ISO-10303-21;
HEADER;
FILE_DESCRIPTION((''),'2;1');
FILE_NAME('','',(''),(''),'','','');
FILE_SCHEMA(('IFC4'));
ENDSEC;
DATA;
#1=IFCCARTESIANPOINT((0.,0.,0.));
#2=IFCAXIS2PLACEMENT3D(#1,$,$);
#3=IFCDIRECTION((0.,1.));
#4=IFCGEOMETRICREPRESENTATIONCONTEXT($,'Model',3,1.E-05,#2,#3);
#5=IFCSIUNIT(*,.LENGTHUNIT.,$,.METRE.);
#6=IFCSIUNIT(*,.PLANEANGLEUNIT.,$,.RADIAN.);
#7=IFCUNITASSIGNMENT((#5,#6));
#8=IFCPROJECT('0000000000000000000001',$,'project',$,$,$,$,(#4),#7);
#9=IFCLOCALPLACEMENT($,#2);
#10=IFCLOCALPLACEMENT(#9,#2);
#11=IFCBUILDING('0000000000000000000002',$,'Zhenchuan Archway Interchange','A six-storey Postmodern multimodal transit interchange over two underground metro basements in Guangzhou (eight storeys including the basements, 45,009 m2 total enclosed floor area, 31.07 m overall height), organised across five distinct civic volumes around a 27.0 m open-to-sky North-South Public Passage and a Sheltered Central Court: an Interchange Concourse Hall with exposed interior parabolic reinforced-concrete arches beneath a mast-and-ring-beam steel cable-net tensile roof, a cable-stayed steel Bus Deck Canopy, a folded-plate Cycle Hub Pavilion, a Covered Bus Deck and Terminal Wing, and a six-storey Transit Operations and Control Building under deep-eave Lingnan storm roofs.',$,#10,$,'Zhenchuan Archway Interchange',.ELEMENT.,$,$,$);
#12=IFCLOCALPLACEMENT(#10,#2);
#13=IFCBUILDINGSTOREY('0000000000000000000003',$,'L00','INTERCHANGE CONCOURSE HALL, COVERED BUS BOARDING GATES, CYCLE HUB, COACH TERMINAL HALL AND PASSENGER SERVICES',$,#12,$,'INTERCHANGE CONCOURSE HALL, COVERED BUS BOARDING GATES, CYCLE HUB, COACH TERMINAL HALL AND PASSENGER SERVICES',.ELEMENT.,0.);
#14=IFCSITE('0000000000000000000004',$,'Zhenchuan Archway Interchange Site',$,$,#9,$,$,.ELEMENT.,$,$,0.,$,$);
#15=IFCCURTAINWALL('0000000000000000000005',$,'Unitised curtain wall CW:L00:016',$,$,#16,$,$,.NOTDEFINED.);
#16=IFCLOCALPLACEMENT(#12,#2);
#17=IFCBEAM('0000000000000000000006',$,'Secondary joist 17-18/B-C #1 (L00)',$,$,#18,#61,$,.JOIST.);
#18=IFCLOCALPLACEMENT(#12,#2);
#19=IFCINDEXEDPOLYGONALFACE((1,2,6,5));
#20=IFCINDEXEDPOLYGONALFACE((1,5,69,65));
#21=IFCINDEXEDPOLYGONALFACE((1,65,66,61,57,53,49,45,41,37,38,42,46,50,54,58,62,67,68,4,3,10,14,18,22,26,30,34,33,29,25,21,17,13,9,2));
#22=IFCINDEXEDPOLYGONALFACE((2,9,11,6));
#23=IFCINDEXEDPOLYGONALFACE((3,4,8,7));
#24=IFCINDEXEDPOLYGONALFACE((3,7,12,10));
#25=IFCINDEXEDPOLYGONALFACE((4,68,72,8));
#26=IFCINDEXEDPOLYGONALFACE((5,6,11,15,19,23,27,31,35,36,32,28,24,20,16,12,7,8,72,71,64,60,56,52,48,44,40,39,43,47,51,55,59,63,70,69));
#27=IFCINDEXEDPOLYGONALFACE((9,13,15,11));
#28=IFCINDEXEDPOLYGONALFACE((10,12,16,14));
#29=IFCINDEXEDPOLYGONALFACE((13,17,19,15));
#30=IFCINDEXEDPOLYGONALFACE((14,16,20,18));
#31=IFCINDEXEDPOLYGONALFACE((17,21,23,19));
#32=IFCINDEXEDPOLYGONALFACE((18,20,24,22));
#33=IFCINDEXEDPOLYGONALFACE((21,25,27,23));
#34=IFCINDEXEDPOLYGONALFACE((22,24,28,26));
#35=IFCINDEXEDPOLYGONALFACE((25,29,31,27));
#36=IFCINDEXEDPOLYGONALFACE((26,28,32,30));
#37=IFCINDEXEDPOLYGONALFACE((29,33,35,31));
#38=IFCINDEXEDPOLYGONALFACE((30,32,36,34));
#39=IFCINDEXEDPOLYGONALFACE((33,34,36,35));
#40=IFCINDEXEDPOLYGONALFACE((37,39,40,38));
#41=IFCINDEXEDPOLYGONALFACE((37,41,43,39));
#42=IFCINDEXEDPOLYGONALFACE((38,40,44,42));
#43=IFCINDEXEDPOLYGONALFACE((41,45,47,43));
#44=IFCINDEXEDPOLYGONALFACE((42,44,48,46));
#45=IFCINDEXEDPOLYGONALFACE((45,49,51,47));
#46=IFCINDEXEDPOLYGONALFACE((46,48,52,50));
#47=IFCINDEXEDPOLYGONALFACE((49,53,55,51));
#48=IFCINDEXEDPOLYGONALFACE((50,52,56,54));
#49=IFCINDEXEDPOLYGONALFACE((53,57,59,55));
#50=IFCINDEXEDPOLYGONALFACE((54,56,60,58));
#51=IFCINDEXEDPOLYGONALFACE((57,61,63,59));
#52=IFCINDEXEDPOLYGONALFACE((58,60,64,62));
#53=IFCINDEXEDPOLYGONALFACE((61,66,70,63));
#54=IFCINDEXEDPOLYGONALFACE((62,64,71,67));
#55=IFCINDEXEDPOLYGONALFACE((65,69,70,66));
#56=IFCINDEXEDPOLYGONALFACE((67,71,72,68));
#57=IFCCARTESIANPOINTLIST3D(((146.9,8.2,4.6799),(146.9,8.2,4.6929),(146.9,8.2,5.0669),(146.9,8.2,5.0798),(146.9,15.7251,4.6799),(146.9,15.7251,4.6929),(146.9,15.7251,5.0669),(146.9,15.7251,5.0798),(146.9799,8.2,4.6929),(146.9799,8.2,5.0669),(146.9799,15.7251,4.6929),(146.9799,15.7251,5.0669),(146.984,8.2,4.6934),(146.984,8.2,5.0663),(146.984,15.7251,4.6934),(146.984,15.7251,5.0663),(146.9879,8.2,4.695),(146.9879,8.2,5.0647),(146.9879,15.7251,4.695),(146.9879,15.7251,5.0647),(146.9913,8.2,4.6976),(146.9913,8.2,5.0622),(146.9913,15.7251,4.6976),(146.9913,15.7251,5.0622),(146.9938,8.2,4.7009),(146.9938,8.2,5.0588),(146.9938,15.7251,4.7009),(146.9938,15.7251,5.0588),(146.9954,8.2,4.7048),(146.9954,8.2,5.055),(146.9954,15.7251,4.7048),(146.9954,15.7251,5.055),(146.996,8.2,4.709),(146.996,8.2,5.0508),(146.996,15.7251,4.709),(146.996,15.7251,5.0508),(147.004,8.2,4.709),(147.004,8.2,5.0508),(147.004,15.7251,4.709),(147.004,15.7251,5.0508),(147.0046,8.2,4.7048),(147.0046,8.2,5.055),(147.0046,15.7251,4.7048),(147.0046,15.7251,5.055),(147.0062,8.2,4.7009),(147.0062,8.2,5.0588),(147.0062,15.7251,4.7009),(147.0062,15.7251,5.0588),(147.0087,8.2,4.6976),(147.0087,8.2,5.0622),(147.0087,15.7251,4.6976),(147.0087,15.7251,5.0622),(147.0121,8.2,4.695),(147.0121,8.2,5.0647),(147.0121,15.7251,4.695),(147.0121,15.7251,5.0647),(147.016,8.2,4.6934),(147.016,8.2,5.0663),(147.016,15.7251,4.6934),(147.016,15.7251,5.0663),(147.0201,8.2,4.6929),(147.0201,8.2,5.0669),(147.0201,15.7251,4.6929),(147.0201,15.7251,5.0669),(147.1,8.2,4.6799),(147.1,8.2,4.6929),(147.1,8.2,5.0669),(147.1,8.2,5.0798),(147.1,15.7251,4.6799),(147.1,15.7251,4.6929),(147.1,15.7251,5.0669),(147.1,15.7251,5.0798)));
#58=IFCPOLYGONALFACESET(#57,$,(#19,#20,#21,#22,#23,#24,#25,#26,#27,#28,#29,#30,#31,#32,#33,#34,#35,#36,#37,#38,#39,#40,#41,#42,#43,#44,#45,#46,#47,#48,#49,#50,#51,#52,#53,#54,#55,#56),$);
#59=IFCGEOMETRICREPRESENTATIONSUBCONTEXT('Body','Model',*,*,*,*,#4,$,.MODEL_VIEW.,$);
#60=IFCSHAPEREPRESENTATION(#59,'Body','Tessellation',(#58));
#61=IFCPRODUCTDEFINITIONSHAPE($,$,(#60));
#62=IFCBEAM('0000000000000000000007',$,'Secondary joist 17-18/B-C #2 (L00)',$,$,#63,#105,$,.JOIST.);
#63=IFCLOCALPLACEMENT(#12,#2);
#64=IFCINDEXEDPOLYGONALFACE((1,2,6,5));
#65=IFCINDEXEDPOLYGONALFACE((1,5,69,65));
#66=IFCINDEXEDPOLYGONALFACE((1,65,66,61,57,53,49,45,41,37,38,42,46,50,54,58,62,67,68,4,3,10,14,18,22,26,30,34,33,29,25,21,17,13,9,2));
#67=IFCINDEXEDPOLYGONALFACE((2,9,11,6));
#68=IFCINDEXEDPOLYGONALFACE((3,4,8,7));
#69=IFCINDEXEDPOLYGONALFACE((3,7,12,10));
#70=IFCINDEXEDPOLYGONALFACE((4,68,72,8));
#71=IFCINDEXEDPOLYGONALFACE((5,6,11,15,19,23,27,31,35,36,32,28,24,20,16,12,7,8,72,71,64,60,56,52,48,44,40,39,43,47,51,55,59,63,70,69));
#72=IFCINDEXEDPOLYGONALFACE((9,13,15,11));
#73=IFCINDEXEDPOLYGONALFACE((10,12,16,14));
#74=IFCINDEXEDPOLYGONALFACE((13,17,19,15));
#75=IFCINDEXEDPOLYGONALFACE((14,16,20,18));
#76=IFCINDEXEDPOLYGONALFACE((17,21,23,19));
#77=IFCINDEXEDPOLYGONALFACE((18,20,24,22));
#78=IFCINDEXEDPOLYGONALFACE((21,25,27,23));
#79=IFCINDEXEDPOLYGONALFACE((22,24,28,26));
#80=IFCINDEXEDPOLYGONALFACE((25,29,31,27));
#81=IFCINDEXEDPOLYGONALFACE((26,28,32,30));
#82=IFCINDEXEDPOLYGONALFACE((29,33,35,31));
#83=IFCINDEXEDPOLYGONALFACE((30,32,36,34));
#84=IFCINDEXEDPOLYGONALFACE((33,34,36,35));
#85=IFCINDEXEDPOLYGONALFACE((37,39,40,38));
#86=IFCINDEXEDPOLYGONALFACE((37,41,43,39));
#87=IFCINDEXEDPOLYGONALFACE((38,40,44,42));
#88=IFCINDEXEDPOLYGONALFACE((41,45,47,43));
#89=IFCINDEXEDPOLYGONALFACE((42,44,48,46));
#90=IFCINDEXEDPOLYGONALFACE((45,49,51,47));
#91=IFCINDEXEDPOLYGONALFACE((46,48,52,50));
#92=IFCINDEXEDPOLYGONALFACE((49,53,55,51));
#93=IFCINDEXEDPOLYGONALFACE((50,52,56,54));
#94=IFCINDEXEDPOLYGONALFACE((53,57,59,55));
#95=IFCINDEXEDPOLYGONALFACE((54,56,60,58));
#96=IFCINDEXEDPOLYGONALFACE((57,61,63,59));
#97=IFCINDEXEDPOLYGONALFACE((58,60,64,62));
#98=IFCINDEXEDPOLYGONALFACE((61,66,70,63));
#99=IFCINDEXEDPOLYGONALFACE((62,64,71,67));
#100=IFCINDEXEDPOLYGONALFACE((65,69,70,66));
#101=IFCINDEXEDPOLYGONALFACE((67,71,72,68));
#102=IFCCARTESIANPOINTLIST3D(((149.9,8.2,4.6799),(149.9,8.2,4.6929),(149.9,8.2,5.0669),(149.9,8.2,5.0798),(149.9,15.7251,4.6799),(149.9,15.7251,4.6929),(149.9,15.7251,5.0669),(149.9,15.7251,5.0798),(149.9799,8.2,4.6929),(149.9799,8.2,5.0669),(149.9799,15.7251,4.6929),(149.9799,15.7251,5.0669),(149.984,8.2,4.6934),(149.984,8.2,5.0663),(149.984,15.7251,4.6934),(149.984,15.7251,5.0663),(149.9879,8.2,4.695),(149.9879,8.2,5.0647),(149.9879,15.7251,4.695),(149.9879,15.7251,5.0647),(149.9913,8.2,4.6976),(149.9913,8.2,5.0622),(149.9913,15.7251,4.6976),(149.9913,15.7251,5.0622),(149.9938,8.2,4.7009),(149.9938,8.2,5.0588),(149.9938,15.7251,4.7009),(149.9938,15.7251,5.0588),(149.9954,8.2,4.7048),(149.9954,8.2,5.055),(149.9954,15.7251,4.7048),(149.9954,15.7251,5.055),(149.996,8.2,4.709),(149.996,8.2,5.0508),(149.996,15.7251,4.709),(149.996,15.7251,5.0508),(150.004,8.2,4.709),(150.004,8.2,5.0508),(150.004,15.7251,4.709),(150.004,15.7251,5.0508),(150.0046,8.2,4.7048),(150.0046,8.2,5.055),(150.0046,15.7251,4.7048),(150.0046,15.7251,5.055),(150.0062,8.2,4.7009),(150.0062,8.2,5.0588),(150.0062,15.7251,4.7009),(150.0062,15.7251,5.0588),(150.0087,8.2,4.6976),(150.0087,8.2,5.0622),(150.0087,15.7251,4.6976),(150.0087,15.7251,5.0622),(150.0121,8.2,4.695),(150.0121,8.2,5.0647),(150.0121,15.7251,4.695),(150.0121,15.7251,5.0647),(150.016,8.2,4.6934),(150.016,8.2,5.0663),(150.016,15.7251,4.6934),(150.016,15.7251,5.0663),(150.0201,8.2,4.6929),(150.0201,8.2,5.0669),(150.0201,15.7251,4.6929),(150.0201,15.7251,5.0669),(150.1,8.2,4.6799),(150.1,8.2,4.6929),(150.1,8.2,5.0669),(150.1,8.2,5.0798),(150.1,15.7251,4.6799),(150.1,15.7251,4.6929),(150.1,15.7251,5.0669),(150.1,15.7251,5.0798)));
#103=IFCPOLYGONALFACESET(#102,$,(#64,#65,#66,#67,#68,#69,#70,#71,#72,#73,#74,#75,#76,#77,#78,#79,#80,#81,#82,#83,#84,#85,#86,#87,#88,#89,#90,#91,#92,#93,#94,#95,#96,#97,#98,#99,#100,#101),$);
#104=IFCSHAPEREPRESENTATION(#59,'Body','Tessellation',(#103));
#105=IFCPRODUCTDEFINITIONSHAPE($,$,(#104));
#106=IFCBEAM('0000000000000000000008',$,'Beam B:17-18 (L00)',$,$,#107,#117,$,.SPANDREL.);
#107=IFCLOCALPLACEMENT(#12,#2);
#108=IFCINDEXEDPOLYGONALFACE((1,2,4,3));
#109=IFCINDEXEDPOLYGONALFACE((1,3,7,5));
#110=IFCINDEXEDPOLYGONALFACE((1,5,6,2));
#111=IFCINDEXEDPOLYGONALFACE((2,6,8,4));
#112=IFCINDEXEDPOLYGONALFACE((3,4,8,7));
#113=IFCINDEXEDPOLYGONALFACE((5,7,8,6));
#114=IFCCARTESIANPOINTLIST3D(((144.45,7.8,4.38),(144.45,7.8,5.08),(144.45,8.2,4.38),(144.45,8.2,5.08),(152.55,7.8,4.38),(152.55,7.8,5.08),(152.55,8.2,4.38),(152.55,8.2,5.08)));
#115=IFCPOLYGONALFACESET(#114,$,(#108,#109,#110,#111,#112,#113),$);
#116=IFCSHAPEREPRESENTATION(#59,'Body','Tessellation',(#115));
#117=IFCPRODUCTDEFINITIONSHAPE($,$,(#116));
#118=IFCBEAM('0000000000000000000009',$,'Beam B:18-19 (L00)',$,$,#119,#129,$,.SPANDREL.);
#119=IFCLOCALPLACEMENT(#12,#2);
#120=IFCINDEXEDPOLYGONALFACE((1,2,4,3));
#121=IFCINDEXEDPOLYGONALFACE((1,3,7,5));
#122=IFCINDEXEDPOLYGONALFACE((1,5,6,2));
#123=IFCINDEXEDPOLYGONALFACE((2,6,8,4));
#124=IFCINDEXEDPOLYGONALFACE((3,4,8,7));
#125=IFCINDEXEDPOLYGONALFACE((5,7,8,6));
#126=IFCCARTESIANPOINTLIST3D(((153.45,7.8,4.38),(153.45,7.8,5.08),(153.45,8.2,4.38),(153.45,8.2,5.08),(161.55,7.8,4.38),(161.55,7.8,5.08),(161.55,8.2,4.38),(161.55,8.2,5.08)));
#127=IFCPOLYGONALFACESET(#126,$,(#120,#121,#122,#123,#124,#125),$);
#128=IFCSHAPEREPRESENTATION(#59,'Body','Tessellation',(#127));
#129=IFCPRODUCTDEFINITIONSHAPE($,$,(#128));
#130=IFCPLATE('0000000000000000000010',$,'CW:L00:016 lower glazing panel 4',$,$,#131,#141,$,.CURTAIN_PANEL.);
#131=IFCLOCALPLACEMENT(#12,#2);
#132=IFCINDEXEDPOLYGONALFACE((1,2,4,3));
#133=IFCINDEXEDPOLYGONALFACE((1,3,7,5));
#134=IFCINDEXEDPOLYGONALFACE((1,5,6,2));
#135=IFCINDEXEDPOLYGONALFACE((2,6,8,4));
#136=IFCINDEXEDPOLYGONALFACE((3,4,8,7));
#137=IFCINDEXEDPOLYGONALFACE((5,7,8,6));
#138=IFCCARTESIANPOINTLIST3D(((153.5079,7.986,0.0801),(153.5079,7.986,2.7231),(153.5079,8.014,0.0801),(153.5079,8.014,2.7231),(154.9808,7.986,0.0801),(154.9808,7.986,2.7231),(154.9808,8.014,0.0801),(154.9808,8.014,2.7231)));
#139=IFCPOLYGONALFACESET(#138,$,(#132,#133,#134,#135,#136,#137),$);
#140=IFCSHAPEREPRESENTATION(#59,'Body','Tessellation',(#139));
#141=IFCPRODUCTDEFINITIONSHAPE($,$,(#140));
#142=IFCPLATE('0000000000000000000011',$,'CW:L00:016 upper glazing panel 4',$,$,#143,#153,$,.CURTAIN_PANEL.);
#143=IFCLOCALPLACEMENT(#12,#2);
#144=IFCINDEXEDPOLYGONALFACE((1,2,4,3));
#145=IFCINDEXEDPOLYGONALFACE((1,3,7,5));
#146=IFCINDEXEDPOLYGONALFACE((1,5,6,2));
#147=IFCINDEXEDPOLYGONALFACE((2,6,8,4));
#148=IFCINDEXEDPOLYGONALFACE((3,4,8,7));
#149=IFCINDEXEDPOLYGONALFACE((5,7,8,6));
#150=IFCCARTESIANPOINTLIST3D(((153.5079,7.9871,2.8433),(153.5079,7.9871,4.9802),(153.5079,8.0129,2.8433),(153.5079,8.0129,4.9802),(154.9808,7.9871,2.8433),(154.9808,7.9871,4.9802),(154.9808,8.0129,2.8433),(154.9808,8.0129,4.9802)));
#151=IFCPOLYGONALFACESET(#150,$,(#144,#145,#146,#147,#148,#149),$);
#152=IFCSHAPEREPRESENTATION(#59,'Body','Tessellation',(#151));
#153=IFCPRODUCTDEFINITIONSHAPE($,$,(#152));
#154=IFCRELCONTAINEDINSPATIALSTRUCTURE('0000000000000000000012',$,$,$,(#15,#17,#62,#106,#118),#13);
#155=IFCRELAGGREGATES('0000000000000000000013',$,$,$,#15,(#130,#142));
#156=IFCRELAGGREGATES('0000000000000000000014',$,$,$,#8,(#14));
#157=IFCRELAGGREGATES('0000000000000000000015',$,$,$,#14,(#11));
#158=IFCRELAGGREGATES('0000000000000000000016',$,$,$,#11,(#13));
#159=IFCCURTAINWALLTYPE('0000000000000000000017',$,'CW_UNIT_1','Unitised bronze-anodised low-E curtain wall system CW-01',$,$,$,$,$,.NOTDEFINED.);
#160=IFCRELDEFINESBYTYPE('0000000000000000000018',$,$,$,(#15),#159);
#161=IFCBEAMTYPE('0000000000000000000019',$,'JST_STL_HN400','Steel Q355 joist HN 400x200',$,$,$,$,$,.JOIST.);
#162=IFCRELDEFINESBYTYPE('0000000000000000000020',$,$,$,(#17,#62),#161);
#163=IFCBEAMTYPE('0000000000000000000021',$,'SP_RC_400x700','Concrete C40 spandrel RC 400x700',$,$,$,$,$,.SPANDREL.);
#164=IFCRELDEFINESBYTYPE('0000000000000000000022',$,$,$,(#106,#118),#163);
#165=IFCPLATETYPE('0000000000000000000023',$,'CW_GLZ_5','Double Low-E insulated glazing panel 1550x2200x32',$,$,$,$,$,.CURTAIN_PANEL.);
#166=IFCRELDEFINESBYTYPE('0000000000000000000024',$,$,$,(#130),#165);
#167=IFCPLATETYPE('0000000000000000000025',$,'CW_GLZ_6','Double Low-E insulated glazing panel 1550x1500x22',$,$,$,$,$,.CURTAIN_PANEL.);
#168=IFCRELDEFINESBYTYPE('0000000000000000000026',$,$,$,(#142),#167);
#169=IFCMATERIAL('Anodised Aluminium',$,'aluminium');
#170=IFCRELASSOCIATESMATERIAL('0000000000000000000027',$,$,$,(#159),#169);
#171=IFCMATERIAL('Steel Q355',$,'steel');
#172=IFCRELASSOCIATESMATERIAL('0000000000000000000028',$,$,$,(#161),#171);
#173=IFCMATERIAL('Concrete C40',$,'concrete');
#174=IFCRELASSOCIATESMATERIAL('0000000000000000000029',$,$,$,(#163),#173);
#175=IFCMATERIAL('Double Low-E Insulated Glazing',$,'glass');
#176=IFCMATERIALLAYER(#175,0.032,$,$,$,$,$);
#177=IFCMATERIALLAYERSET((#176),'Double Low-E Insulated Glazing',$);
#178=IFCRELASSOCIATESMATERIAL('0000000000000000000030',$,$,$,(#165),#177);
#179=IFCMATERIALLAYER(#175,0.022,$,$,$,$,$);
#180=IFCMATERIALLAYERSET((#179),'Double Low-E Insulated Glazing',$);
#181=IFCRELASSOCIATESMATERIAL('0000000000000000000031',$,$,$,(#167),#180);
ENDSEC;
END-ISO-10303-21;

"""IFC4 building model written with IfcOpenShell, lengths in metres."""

from ifc_helpers import new_model, si_unit, direction, frame, origin, origin_2d, place, context, subcontext, project, spatial, rectangle, i_section, extrude, material, layer, layer_set, material_profile, profile_set, type_object, element, aggregate, save


model = new_model("IFC4")

# Units and contexts
model_context = context("Model", 3, precision=1e-05, world=origin(), true_north=direction((0.0, 1.0)))
body_context = subcontext(model_context, "Body", "Model", "MODEL_VIEW")
ifc_project = project(units=[si_unit("LENGTHUNIT", "METRE"), si_unit("PLANEANGLEUNIT", "RADIAN")], contexts=[model_context])

# Site, building, storey
site_placement = place(None, origin())
site = spatial("IfcSite", under=ifc_project, at=site_placement, Name="Zhenchuan Archway Interchange Site", CompositionType="ELEMENT", RefElevation=0.0)
building_placement = place(site_placement, origin())
building = spatial("IfcBuilding", under=site, at=building_placement, Name="Zhenchuan Archway Interchange", Description="A six-storey Postmodern multimodal transit interchange over two underground metro basements in Guangzhou (eight storeys including the basements, 45,009 m2 total enclosed floor area, 31.07 m overall height), organised across five distinct civic volumes around a 27.0 m open-to-sky North-South Public Passage and a Sheltered Central Court: an Interchange Concourse Hall with exposed interior parabolic reinforced-concrete arches beneath a mast-and-ring-beam steel cable-net tensile roof, a cable-stayed steel Bus Deck Canopy, a folded-plate Cycle Hub Pavilion, a Covered Bus Deck and Terminal Wing, and a six-storey Transit Operations and Control Building under deep-eave Lingnan storm roofs.", LongName="Zhenchuan Archway Interchange", CompositionType="ELEMENT")
storey_placement = place(building_placement, origin())
storey = spatial("IfcBuildingStorey", under=building, at=storey_placement, Name="L00", Description="INTERCHANGE CONCOURSE HALL, COVERED BUS BOARDING GATES, CYCLE HUB, COACH TERMINAL HALL AND PASSENGER SERVICES", LongName="INTERCHANGE CONCOURSE HALL, COVERED BUS BOARDING GATES, CYCLE HUB, COACH TERMINAL HALL AND PASSENGER SERVICES", CompositionType="ELEMENT", Elevation=0.0)

# Shared definitions
ifc_material_1 = material(Name="Concrete C40", Category="concrete")

# Curtain wall
ifc_material_2 = material(Name="Anodised Aluminium", Category="aluminium")
curtain_wall_type = type_object("IfcCurtainWallType", Name="CW_UNIT_1", Description="Unitised bronze-anodised low-E curtain wall system CW-01", PredefinedType="NOTDEFINED", material=ifc_material_2)
curtain_wall_placement = place(storey_placement, origin())
curtain_wall = element("IfcCurtainWall", 1, at=curtain_wall_placement, inside=storey, type_object=curtain_wall_type, Name="Unitised curtain wall CW:L00:016", PredefinedType="NOTDEFINED")

# Beams
ifc_material_3 = material(Name="Steel Q355", Category="steel")
ifc_material_profile_1 = material_profile(ifc_material_3, i_section(OverallWidth=0.2, OverallDepth=0.3999, WebThickness=0.0081, FlangeThickness=0.0129, FilletRadius=0.0161, at=origin_2d()), Name="HN 400x200")
ifc_profile_set_1 = profile_set([ifc_material_profile_1], Name="Steel Q355")
beam_type_1 = type_object("IfcBeamType", Name="JST_STL_HN400", Description="Steel Q355 joist HN 400x200", PredefinedType="JOIST", material=ifc_profile_set_1)
for number, where, z_axis, x_axis, name in (
    (2, (147.0, 8.2, 4.8799), (0.0, 1.0, 0.0), (-1.0, 0.0, 0.0), "Secondary joist 17-18/B-C #1 (L00)"),
    (3, (150.0, 8.2, 4.8799), (0.0, 1.0, 0.0), (-1.0, 0.0, 0.0), "Secondary joist 17-18/B-C #2 (L00)"),
):
    element("IfcBeam", number, at=place(storey_placement, frame(where, z_axis=z_axis, x_axis=x_axis)), inside=storey, type_object=beam_type_1, Name=name, PredefinedType="JOIST", context=body_context, shape_type="SweptSolid", body=[
        extrude(i_section(OverallWidth=0.2, OverallDepth=0.3999, WebThickness=0.0081, FlangeThickness=0.0129, FilletRadius=0.0161, at=origin_2d()), origin(), (0.0, 0.0, 1.0), 7.5251),
    ])
ifc_material_profile_2 = material_profile(ifc_material_1, rectangle(XDim=0.3999, YDim=0.7, at=origin_2d()), Name="RC 400x700")
ifc_profile_set_2 = profile_set([ifc_material_profile_2], Name="Concrete C40")
beam_type_2 = type_object("IfcBeamType", Name="SP_RC_400x700", Description="Concrete C40 spandrel RC 400x700", PredefinedType="SPANDREL", material=ifc_profile_set_2)
for number, where, z_axis, x_axis, name in (
    (4, (144.45, 8.0, 4.73), (1.0, 0.0, 0.0), (0.0, 1.0, 0.0), "Beam B:17-18 (L00)"),
    (5, (153.45, 8.0, 4.73), (1.0, 0.0, 0.0), (0.0, 1.0, 0.0), "Beam B:18-19 (L00)"),
):
    element("IfcBeam", number, at=place(storey_placement, frame(where, z_axis=z_axis, x_axis=x_axis)), inside=storey, type_object=beam_type_2, Name=name, PredefinedType="SPANDREL", context=body_context, shape_type="SweptSolid", body=[
        extrude(rectangle(XDim=0.3999, YDim=0.7, at=origin_2d()), origin(), (0.0, 0.0, 1.0), 8.1001),
    ])

# Plates
ifc_material_4 = material(Name="Double Low-E Insulated Glazing", Category="glass")
ifc_layer_1 = layer(ifc_material_4, 0.032)
ifc_layer_set_1 = layer_set([ifc_layer_1], Name="Double Low-E Insulated Glazing")
plate_type_1 = type_object("IfcPlateType", Name="CW_GLZ_5", Description="Double Low-E insulated glazing panel 1550x2200x32", PredefinedType="CURTAIN_PANEL", material=ifc_layer_set_1)
plate_1_placement = place(storey_placement, frame((154.2444, 8.0, 0.0801), z_axis=(0.0, 0.0, 1.0), x_axis=(-1.0, 0.0, 0.0)))
plate_1 = element("IfcPlate", 6, at=plate_1_placement, type_object=plate_type_1, Name="CW:L00:016 lower glazing panel 4", PredefinedType="CURTAIN_PANEL", context=body_context, shape_type="SweptSolid", body=[
    extrude(rectangle(XDim=1.4729, YDim=0.0281, at=origin_2d()), origin(), (0.0, 0.0, 1.0), 2.6431),
])
ifc_layer_2 = layer(ifc_material_4, 0.022)
ifc_layer_set_2 = layer_set([ifc_layer_2], Name="Double Low-E Insulated Glazing")
plate_type_2 = type_object("IfcPlateType", Name="CW_GLZ_6", Description="Double Low-E insulated glazing panel 1550x1500x22", PredefinedType="CURTAIN_PANEL", material=ifc_layer_set_2)
plate_2_placement = place(storey_placement, frame((154.2444, 8.0, 2.8433), z_axis=(0.0, 0.0, 1.0), x_axis=(-1.0, 0.0, 0.0)))
plate_2 = element("IfcPlate", 7, at=plate_2_placement, type_object=plate_type_2, Name="CW:L00:016 upper glazing panel 4", PredefinedType="CURTAIN_PANEL", context=body_context, shape_type="SweptSolid", body=[
    extrude(rectangle(XDim=1.4729, YDim=0.0259, at=origin_2d()), origin(), (0.0, 0.0, 1.0), 2.137),
])
aggregate(curtain_wall, [plate_1, plate_2])

save(model, "model.ifc")
